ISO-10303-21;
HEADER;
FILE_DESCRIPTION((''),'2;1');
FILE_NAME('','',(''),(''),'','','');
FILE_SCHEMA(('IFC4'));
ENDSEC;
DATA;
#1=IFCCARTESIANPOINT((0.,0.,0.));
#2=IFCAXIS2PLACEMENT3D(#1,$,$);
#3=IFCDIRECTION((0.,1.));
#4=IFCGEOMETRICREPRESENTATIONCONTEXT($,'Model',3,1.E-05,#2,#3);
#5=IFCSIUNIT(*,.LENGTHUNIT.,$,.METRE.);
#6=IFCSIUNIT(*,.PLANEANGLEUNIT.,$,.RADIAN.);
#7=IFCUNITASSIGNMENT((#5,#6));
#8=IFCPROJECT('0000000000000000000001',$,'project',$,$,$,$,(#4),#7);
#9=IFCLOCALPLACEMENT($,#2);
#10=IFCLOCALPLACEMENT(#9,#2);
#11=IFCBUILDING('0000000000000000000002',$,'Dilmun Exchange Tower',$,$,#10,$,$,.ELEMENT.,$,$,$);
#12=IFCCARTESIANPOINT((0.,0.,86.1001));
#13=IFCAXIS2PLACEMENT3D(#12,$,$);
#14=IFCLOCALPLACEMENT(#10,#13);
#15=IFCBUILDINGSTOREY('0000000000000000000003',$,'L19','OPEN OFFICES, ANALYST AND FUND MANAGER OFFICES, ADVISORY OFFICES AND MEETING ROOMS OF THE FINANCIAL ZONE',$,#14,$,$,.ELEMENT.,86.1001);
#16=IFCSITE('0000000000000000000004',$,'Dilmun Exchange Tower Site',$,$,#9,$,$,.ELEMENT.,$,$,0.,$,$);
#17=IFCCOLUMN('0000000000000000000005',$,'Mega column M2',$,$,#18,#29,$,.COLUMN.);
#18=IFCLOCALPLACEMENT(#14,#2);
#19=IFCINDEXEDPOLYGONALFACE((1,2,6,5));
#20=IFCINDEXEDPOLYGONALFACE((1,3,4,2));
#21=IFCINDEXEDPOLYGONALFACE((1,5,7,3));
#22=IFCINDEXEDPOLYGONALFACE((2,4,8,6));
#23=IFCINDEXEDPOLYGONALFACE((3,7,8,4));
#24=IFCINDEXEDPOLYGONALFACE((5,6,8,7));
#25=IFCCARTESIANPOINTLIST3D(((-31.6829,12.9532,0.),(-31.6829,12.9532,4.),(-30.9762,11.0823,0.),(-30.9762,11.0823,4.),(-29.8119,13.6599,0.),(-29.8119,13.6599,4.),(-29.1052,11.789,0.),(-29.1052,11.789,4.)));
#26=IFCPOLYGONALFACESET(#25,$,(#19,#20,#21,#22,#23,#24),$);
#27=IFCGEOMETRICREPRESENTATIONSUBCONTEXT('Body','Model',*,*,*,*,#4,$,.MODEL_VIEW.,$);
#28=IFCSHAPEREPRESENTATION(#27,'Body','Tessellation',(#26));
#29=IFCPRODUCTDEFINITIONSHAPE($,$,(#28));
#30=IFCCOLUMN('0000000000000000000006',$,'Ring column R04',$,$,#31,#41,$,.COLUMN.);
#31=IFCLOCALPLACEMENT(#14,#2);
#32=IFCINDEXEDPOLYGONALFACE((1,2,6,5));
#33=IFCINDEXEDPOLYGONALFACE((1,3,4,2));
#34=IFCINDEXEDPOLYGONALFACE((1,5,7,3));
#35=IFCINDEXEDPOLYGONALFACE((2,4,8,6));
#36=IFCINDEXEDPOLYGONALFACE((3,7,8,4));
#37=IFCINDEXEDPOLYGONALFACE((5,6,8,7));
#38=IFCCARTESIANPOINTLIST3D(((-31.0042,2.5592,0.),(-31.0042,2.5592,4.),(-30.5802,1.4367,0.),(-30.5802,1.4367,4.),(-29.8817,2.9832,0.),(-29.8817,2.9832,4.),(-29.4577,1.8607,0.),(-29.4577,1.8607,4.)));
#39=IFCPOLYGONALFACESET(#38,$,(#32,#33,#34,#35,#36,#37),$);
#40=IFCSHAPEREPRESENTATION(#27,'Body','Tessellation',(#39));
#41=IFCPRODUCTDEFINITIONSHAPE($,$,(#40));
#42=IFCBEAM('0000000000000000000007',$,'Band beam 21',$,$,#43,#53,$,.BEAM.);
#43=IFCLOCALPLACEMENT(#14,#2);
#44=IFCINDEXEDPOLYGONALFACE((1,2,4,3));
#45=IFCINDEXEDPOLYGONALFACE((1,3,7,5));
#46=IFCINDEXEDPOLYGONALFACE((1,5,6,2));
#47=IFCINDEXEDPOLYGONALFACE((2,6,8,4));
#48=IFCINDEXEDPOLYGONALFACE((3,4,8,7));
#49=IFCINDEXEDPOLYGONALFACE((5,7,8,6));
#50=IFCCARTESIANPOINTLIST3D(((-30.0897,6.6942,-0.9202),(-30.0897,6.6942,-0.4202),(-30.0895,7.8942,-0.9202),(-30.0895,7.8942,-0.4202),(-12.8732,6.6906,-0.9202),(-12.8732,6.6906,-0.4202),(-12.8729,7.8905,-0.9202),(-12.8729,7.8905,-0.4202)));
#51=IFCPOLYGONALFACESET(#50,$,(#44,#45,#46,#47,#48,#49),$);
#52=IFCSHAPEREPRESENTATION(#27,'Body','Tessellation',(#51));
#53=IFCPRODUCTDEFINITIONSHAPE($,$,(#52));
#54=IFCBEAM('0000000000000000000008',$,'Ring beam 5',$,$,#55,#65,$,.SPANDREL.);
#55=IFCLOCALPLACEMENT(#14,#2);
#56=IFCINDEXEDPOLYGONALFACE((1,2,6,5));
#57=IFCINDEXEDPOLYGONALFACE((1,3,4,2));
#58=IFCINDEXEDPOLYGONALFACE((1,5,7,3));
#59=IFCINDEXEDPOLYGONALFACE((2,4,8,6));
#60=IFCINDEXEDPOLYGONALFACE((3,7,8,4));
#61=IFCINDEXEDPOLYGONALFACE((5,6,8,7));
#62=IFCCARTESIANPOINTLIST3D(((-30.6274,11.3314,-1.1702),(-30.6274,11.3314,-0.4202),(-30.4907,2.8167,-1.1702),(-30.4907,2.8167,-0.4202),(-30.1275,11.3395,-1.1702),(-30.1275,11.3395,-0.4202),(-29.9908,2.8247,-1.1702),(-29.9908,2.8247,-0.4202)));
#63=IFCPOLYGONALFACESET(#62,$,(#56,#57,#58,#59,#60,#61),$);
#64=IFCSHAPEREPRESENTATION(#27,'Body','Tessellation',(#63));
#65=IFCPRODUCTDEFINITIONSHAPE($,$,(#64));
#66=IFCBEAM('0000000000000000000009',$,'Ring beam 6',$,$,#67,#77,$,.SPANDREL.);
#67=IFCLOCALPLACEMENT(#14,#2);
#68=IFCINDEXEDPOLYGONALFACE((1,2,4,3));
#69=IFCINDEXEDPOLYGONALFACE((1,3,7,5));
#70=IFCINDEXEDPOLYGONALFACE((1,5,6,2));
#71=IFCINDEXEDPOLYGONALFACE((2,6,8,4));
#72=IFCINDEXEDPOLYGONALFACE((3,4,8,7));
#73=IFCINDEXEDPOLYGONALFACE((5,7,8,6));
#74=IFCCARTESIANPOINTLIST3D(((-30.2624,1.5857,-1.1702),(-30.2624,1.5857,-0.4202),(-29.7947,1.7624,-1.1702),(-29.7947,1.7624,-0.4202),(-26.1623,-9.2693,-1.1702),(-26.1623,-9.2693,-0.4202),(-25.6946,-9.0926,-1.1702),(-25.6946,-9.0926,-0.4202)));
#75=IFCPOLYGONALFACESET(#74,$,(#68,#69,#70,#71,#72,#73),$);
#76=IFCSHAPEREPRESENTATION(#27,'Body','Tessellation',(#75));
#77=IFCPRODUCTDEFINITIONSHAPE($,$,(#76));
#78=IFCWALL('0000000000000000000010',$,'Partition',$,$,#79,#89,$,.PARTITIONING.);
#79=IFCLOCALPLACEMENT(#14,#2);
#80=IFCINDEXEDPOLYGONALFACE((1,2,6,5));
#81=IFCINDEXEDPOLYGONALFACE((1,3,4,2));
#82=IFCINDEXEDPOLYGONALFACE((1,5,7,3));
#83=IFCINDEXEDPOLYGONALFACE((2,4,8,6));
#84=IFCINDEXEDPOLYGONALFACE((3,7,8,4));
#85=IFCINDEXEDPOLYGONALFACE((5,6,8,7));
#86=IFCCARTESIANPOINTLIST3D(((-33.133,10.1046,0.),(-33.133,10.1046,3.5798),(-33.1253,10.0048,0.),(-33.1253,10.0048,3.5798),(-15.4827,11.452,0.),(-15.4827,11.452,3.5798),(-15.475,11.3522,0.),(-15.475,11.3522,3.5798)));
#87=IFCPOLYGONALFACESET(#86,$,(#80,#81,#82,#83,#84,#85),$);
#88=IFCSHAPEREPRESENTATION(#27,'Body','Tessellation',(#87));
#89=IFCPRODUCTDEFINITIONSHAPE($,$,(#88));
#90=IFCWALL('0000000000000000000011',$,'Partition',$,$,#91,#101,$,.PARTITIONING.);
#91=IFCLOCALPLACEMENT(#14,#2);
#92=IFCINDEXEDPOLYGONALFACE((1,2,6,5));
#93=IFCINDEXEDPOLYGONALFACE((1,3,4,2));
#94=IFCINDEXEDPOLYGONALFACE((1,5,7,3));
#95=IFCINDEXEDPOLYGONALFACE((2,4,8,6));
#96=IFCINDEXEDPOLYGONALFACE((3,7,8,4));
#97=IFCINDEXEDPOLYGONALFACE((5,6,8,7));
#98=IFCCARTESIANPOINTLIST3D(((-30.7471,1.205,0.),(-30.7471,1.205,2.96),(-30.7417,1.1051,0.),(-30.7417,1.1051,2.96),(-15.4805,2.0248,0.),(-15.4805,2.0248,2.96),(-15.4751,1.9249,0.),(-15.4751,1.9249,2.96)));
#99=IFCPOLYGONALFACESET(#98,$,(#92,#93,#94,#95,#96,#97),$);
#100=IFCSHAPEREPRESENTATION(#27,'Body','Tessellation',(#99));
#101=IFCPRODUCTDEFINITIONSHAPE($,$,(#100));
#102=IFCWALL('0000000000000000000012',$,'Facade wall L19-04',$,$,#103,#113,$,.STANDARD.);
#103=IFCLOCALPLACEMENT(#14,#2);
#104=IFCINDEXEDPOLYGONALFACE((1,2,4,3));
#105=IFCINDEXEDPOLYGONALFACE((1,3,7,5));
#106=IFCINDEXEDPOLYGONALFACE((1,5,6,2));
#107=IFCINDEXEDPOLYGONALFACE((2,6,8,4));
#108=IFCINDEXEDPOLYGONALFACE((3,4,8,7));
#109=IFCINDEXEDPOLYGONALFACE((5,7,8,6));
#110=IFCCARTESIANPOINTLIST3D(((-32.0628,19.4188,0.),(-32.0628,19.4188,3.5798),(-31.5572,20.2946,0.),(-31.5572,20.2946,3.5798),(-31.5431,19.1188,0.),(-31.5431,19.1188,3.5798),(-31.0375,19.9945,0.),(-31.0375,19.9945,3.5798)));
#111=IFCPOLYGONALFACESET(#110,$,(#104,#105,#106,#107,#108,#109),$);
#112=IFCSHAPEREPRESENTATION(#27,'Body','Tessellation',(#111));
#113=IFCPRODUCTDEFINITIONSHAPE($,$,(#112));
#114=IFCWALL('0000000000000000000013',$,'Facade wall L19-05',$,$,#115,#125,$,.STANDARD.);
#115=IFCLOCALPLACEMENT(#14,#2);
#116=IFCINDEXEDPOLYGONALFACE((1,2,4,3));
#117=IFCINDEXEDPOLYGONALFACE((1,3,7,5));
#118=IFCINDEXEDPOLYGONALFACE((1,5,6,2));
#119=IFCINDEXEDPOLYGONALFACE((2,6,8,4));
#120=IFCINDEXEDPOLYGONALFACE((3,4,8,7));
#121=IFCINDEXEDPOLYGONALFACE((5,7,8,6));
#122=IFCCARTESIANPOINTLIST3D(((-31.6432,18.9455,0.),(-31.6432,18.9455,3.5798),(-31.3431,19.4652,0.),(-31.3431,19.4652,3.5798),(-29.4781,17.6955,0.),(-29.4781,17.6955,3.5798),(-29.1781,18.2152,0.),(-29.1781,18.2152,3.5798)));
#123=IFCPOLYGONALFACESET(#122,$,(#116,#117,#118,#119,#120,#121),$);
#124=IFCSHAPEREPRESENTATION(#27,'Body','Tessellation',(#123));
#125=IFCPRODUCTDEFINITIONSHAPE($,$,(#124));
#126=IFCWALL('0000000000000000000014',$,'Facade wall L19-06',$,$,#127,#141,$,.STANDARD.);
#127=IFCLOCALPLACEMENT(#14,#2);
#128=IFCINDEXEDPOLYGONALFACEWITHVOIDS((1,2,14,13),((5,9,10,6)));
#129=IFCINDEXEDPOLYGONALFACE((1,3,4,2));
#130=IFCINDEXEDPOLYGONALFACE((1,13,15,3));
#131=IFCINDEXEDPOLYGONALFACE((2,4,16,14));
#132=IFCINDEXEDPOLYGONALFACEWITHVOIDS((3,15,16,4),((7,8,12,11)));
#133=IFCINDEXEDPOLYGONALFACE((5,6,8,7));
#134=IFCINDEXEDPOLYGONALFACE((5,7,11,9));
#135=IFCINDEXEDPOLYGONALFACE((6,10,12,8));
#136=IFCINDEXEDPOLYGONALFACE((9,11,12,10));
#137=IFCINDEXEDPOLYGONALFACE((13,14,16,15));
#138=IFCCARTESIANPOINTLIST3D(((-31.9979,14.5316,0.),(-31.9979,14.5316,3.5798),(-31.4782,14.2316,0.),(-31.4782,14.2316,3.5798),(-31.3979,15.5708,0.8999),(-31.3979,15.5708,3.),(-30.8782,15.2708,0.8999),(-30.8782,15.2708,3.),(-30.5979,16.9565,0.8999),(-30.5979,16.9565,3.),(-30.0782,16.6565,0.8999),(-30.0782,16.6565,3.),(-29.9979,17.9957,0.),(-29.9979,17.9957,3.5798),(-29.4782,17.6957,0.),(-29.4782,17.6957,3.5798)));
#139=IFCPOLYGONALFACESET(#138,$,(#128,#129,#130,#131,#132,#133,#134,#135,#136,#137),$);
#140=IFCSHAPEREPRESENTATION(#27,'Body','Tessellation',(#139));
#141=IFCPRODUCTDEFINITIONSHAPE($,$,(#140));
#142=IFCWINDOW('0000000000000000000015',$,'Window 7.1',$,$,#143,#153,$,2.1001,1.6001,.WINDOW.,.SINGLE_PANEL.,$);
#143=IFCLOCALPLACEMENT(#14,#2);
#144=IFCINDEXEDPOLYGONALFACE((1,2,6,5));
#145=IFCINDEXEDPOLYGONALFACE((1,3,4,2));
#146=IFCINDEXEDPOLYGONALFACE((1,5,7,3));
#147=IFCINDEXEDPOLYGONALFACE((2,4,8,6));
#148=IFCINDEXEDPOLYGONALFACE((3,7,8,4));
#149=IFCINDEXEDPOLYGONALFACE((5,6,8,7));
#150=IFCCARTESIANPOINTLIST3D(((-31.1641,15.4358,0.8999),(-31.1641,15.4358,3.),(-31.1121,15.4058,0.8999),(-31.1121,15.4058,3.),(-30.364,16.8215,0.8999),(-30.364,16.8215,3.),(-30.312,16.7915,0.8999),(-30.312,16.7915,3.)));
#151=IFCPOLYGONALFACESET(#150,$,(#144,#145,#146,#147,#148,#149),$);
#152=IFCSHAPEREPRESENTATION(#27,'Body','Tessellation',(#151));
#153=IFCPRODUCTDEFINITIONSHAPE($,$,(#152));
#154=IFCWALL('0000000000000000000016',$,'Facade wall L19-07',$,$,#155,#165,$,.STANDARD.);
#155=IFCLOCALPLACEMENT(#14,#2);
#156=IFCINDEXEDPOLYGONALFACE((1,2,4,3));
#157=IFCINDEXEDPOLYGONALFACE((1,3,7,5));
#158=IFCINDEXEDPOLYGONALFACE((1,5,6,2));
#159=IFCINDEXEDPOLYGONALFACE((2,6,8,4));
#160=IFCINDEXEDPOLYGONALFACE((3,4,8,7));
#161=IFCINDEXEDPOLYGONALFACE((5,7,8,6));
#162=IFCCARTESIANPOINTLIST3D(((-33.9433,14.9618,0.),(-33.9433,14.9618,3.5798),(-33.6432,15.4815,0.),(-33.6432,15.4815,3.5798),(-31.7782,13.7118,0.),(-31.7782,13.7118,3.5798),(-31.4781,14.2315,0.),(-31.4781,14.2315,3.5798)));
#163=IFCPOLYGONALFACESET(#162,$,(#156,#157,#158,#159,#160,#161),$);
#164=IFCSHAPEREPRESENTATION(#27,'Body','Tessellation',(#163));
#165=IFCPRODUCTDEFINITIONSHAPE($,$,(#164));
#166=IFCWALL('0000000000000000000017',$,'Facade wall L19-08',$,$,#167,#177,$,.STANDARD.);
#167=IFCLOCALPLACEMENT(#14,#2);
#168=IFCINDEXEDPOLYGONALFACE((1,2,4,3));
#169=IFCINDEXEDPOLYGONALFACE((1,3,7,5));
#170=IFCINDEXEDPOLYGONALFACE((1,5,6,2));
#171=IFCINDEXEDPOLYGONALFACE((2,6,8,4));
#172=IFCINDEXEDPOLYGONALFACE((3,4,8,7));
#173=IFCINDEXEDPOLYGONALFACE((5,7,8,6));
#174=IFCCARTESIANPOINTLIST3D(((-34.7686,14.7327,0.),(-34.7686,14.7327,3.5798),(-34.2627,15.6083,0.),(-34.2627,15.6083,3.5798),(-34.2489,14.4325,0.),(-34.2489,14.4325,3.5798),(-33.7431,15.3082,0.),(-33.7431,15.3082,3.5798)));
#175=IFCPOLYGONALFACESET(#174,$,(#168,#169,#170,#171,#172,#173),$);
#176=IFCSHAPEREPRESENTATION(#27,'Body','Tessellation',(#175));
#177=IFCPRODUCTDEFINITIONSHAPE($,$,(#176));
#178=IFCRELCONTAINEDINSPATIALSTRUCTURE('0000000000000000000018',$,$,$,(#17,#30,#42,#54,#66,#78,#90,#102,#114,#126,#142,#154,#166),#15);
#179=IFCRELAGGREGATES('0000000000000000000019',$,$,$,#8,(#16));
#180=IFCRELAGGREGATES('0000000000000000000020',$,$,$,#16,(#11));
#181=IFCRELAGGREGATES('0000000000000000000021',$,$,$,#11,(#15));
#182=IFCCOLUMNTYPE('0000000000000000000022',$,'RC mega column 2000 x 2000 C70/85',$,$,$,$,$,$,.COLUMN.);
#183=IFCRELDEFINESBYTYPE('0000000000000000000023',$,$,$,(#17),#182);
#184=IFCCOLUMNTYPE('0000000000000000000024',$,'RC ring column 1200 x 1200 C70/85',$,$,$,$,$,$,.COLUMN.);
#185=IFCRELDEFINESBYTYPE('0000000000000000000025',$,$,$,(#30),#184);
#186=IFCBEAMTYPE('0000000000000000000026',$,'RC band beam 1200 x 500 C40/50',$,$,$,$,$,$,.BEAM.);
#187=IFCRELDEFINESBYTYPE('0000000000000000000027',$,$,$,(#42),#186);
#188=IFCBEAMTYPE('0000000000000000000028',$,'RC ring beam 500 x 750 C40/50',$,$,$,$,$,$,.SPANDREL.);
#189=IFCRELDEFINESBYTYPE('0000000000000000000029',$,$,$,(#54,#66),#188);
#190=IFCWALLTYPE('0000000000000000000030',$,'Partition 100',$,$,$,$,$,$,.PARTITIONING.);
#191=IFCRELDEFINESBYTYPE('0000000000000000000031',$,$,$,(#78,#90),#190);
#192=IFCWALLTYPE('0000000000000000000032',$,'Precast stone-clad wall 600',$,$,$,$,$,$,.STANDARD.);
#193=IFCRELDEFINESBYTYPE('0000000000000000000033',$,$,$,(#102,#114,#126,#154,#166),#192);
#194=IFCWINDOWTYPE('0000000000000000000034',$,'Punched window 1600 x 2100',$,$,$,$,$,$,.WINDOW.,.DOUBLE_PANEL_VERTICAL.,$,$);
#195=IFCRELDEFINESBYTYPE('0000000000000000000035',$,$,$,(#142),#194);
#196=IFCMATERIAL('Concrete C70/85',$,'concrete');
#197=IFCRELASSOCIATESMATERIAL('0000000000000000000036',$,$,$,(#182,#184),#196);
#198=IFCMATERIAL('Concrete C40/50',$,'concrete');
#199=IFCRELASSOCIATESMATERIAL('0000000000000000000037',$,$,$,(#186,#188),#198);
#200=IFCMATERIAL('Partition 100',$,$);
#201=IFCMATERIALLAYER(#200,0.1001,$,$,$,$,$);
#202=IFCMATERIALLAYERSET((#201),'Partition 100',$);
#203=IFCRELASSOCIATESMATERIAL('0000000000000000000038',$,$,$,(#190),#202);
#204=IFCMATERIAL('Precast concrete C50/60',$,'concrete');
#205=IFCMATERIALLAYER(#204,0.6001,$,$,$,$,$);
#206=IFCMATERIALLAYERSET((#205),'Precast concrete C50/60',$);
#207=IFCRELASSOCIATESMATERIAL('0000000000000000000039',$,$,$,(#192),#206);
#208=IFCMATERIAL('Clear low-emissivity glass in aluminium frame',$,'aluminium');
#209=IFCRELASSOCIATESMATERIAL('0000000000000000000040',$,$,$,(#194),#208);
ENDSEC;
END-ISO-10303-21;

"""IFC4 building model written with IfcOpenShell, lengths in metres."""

from ifc_helpers import new_model, si_unit, direction, frame, frame_2d, origin, origin_2d, place, context, subcontext, project, spatial, rectangle, extrude, material, layer, layer_set, material_profile, profile_set, type_object, element, fill, save


model = new_model("IFC4")

# Units and contexts
model_context = context("Model", 3, precision=1e-05, world=origin(), true_north=direction((0.0, 1.0)))
body_context = subcontext(model_context, "Body", "Model", "MODEL_VIEW")
ifc_project = project(units=[si_unit("LENGTHUNIT", "METRE"), si_unit("PLANEANGLEUNIT", "RADIAN")], contexts=[model_context])

# Site, building, storey
site_placement = place(None, origin())
site = spatial("IfcSite", under=ifc_project, at=site_placement, Name="Dilmun Exchange Tower Site", CompositionType="ELEMENT", RefElevation=0.0)
building_placement = place(site_placement, origin())
building = spatial("IfcBuilding", under=site, at=building_placement, Name="Dilmun Exchange Tower", CompositionType="ELEMENT")
storey_placement = place(building_placement, frame((0.0, 0.0, 86.1001)))
storey = spatial("IfcBuildingStorey", under=building, at=storey_placement, Name="L19", Description="OPEN OFFICES, ANALYST AND FUND MANAGER OFFICES, ADVISORY OFFICES AND MEETING ROOMS OF THE FINANCIAL ZONE", CompositionType="ELEMENT", Elevation=86.1001)

# Columns
ifc_material_1 = material(Name="Concrete C70/85", Category="concrete")
ifc_material_profile_1 = material_profile(ifc_material_1, rectangle(XDim=2.0, YDim=2.0, at=origin_2d()), Name="2000 x 2000")
ifc_profile_set_1 = profile_set([ifc_material_profile_1], Name="Concrete C70/85")
column_type_1 = type_object("IfcColumnType", Name="RC mega column 2000 x 2000 C70/85", PredefinedType="COLUMN", material=ifc_profile_set_1)
column_1_placement = place(storey_placement, frame((-30.394, 12.3711, 0.0), z_axis=(0.0, 0.0, 1.0), x_axis=(0.935492, 0.353349, 0.0)))
element("IfcColumn", 1, at=column_1_placement, inside=storey, type_object=column_type_1, Name="Mega column M2", PredefinedType="COLUMN", context=body_context, shape_type="SweptSolid", body=[
    extrude(rectangle(XDim=2.0, YDim=2.0, at=origin_2d()), origin(), (0.0, 0.0, 1.0), 4.0),
])
ifc_material_profile_2 = material_profile(ifc_material_1, rectangle(XDim=1.2, YDim=1.2, at=origin_2d()), Name="1200 x 1200")
ifc_profile_set_2 = profile_set([ifc_material_profile_2], Name="Concrete C70/85")
column_type_2 = type_object("IfcColumnType", Name="RC ring column 1200 x 1200 C70/85", PredefinedType="COLUMN", material=ifc_profile_set_2)
column_2_placement = place(storey_placement, frame((-30.231, 2.21, 0.0), z_axis=(0.0, 0.0, 1.0), x_axis=(0.935492, 0.353349, 0.0)))
element("IfcColumn", 2, at=column_2_placement, inside=storey, type_object=column_type_2, Name="Ring column R04", PredefinedType="COLUMN", context=body_context, shape_type="SweptSolid", body=[
    extrude(rectangle(XDim=1.2, YDim=1.2, at=origin_2d()), origin(), (0.0, 0.0, 1.0), 4.0),
])

# Beams
ifc_material_2 = material(Name="Concrete C40/50", Category="concrete")
ifc_material_profile_3 = material_profile(ifc_material_2, rectangle(XDim=1.2, YDim=0.5, at=origin_2d()), Name="1200 x 500")
ifc_profile_set_3 = profile_set([ifc_material_profile_3], Name="Concrete C40/50")
beam_type_1 = type_object("IfcBeamType", Name="RC band beam 1200 x 500 C40/50", PredefinedType="BEAM", material=ifc_profile_set_3)
beam_1_placement = place(storey_placement, frame((-30.0896, 7.2942, -0.6702), z_axis=(1.0, -0.000213, 0.0), x_axis=(0.000213, 1.0, 0.0)))
element("IfcBeam", 3, at=beam_1_placement, inside=storey, type_object=beam_type_1, Name="Band beam 21", PredefinedType="BEAM", context=body_context, shape_type="SweptSolid", body=[
    extrude(rectangle(XDim=1.2, YDim=0.5, at=origin_2d()), origin(), (0.0, 0.0, 1.0), 17.2166),
])
ifc_material_profile_4 = material_profile(ifc_material_2, rectangle(XDim=0.5, YDim=0.75, at=origin_2d()), Name="500 x 750")
ifc_profile_set_4 = profile_set([ifc_material_profile_4], Name="Concrete C40/50")
beam_type_2 = type_object("IfcBeamType", Name="RC ring beam 500 x 750 C40/50", PredefinedType="SPANDREL", material=ifc_profile_set_4)
beam_2_placement = place(storey_placement, frame((-30.3774, 11.3354, -0.7952), z_axis=(0.016054, -0.999871, 0.0), x_axis=(0.999871, 0.016054, 0.0)))
element("IfcBeam", 4, at=beam_2_placement, inside=storey, type_object=beam_type_2, Name="Ring beam 5", PredefinedType="SPANDREL", context=body_context, shape_type="SweptSolid", body=[
    extrude(rectangle(XDim=0.5, YDim=0.75, at=origin_2d()), origin(), (0.0, 0.0, 1.0), 8.5159),
])
beam_3_placement = place(storey_placement, frame((-30.0286, 1.6741, -0.7952), z_axis=(0.35335, -0.935491, 0.0), x_axis=(0.935491, 0.35335, 0.0)))
element("IfcBeam", 5, at=beam_3_placement, inside=storey, type_object=beam_type_2, Name="Ring beam 6", PredefinedType="SPANDREL", context=body_context, shape_type="SweptSolid", body=[
    extrude(rectangle(XDim=0.5, YDim=0.75, at=origin_2d()), origin(), (0.0, 0.0, 1.0), 11.6035),
])

# Walls
ifc_material_3 = material(Name="Partition 100")
ifc_layer_1 = layer(ifc_material_3, 0.1001)
ifc_layer_set_1 = layer_set([ifc_layer_1], Name="Partition 100")
wall_type_1 = type_object("IfcWallType", Name="Partition 100", PredefinedType="PARTITIONING", material=ifc_layer_set_1)
wall_1_placement = place(storey_placement, frame((-33.1292, 10.0547, 0.0), z_axis=(0.0, 0.0, 1.0), x_axis=(0.997099, 0.076117, 0.0)))
element("IfcWall", 6, at=wall_1_placement, inside=storey, type_object=wall_type_1, Name="Partition", PredefinedType="PARTITIONING", context=body_context, shape_type="SweptSolid", body=[
    extrude(rectangle(XDim=17.7017, YDim=0.1001, at=frame_2d((8.8508, 0.0))), origin(), (0.0, 0.0, 1.0), 3.5798),
])
wall_2_placement = place(storey_placement, frame((-30.7444, 1.155, 0.0), z_axis=(0.0, 0.0, 1.0), x_axis=(0.998561, 0.053623, 0.0)))
element("IfcWall", 7, at=wall_2_placement, inside=storey, type_object=wall_type_1, Name="Partition", PredefinedType="PARTITIONING", context=body_context, shape_type="SweptSolid", body=[
    extrude(rectangle(XDim=15.2886, YDim=0.1001, at=frame_2d((7.6443, 0.0))), origin(), (0.0, 0.0, 1.0), 2.96),
])
ifc_material_4 = material(Name="Precast concrete C50/60", Category="concrete")
ifc_layer_2 = layer(ifc_material_4, 0.6001)
ifc_layer_set_2 = layer_set([ifc_layer_2], Name="Precast concrete C50/60")
wall_type_2 = type_object("IfcWallType", Name="Precast stone-clad wall 600", PredefinedType="STANDARD", material=ifc_layer_set_2)
wall_3_placement = place(storey_placement, frame((-31.2974, 20.1445, 0.0), z_axis=(0.0, 0.0, 1.0), x_axis=(-0.500008, -0.866021, 0.0)))
element("IfcWall", 8, at=wall_3_placement, inside=storey, type_object=wall_type_2, Name="Facade wall L19-04", PredefinedType="STANDARD", context=body_context, shape_type="SweptSolid", body=[
    extrude(rectangle(XDim=1.0112, YDim=0.6001, at=frame_2d((0.5056, 0.0))), origin(), (0.0, 0.0, 1.0), 3.5798),
])
wall_4_placement = place(storey_placement, frame((-31.4932, 19.2053, 0.0), z_axis=(0.0, 0.0, 1.0), x_axis=(0.866023, -0.500004, 0.0)))
element("IfcWall", 9, at=wall_4_placement, inside=storey, type_object=wall_type_2, Name="Facade wall L19-05", PredefinedType="STANDARD", context=body_context, shape_type="SweptSolid", body=[
    extrude(rectangle(XDim=2.5, YDim=0.6001, at=frame_2d((1.25, 0.0))), origin(), (0.0, 0.0, 1.0), 3.5798),
])

# Wall, opening, window
wall_5_placement = place(storey_placement, frame((-29.738, 17.8457, 0.0), z_axis=(0.0, 0.0, 1.0), x_axis=(-0.499999, -0.866026, 0.0)))
wall_5 = element("IfcWall", 10, at=wall_5_placement, inside=storey, type_object=wall_type_2, Name="Facade wall L19-06", PredefinedType="STANDARD", context=body_context, shape_type="SweptSolid", body=[
    extrude(rectangle(XDim=4.0, YDim=0.6001, at=frame_2d((2.0, 0.0))), origin(), (0.0, 0.0, 1.0), 3.5798),
])
opening_1_placement = place(wall_5_placement, frame((1.2, 0.0, 0.8999)))
opening_1 = element("IfcOpeningElement", 11, at=opening_1_placement, cuts=wall_5, PredefinedType="OPENING", context=body_context, shape_type="SweptSolid", body=[
    extrude(rectangle(XDim=1.6001, YDim=2.1001, at=frame_2d((0.8, 1.05))), frame((0.0, 0.3101, 0.0), z_axis=(0.0, -1.0, 0.0), x_axis=(1.0, 0.0, 0.0)), (0.0, 0.0, 1.0), 0.6201),
])
ifc_material_5 = material(Name="Clear low-emissivity glass in aluminium frame", Category="aluminium")
window_type_1 = type_object("IfcWindowType", Name="Punched window 1600 x 2100", PartitioningType="DOUBLE_PANEL_VERTICAL", PredefinedType="WINDOW", material=ifc_material_5)
window_1_placement = place(opening_1_placement, origin())
window_1 = element("IfcWindow", 12, at=window_1_placement, inside=storey, type_object=window_type_1, Name="Window 7.1", OverallHeight=2.1001, OverallWidth=1.6001, PartitioningType="SINGLE_PANEL", PredefinedType="WINDOW", context=body_context, shape_type="SweptSolid", body=[
    extrude(rectangle(XDim=1.6001, YDim=2.1001, at=frame_2d((0.8, 1.05))), frame((0.0, 0.03, 0.0), z_axis=(0.0, -1.0, 0.0), x_axis=(1.0, 0.0, 0.0)), (0.0, 0.0, 1.0), 0.0601),
])
fill(opening_1, window_1)

# Walls
wall_6_placement = place(storey_placement, frame((-31.6282, 13.9717, 0.0), z_axis=(0.0, 0.0, 1.0), x_axis=(-0.866023, 0.500004, 0.0)))
element("IfcWall", 13, at=wall_6_placement, inside=storey, type_object=wall_type_2, Name="Facade wall L19-07", PredefinedType="STANDARD", context=body_context, shape_type="SweptSolid", body=[
    extrude(rectangle(XDim=2.5, YDim=0.6001, at=frame_2d((1.25, 0.0))), origin(), (0.0, 0.0, 1.0), 3.5798),
])
wall_7_placement = place(storey_placement, frame((-34.0029, 15.4583, 0.0), z_axis=(0.0, 0.0, 1.0), x_axis=(-0.500189, -0.865916, 0.0)))
element("IfcWall", 14, at=wall_7_placement, inside=storey, type_object=wall_type_2, Name="Facade wall L19-08", PredefinedType="STANDARD", context=body_context, shape_type="SweptSolid", body=[
    extrude(rectangle(XDim=1.0112, YDim=0.6001, at=frame_2d((0.5056, 0.0))), origin(), (0.0, 0.0, 1.0), 3.5798),
])

save(model, "model.ifc")
